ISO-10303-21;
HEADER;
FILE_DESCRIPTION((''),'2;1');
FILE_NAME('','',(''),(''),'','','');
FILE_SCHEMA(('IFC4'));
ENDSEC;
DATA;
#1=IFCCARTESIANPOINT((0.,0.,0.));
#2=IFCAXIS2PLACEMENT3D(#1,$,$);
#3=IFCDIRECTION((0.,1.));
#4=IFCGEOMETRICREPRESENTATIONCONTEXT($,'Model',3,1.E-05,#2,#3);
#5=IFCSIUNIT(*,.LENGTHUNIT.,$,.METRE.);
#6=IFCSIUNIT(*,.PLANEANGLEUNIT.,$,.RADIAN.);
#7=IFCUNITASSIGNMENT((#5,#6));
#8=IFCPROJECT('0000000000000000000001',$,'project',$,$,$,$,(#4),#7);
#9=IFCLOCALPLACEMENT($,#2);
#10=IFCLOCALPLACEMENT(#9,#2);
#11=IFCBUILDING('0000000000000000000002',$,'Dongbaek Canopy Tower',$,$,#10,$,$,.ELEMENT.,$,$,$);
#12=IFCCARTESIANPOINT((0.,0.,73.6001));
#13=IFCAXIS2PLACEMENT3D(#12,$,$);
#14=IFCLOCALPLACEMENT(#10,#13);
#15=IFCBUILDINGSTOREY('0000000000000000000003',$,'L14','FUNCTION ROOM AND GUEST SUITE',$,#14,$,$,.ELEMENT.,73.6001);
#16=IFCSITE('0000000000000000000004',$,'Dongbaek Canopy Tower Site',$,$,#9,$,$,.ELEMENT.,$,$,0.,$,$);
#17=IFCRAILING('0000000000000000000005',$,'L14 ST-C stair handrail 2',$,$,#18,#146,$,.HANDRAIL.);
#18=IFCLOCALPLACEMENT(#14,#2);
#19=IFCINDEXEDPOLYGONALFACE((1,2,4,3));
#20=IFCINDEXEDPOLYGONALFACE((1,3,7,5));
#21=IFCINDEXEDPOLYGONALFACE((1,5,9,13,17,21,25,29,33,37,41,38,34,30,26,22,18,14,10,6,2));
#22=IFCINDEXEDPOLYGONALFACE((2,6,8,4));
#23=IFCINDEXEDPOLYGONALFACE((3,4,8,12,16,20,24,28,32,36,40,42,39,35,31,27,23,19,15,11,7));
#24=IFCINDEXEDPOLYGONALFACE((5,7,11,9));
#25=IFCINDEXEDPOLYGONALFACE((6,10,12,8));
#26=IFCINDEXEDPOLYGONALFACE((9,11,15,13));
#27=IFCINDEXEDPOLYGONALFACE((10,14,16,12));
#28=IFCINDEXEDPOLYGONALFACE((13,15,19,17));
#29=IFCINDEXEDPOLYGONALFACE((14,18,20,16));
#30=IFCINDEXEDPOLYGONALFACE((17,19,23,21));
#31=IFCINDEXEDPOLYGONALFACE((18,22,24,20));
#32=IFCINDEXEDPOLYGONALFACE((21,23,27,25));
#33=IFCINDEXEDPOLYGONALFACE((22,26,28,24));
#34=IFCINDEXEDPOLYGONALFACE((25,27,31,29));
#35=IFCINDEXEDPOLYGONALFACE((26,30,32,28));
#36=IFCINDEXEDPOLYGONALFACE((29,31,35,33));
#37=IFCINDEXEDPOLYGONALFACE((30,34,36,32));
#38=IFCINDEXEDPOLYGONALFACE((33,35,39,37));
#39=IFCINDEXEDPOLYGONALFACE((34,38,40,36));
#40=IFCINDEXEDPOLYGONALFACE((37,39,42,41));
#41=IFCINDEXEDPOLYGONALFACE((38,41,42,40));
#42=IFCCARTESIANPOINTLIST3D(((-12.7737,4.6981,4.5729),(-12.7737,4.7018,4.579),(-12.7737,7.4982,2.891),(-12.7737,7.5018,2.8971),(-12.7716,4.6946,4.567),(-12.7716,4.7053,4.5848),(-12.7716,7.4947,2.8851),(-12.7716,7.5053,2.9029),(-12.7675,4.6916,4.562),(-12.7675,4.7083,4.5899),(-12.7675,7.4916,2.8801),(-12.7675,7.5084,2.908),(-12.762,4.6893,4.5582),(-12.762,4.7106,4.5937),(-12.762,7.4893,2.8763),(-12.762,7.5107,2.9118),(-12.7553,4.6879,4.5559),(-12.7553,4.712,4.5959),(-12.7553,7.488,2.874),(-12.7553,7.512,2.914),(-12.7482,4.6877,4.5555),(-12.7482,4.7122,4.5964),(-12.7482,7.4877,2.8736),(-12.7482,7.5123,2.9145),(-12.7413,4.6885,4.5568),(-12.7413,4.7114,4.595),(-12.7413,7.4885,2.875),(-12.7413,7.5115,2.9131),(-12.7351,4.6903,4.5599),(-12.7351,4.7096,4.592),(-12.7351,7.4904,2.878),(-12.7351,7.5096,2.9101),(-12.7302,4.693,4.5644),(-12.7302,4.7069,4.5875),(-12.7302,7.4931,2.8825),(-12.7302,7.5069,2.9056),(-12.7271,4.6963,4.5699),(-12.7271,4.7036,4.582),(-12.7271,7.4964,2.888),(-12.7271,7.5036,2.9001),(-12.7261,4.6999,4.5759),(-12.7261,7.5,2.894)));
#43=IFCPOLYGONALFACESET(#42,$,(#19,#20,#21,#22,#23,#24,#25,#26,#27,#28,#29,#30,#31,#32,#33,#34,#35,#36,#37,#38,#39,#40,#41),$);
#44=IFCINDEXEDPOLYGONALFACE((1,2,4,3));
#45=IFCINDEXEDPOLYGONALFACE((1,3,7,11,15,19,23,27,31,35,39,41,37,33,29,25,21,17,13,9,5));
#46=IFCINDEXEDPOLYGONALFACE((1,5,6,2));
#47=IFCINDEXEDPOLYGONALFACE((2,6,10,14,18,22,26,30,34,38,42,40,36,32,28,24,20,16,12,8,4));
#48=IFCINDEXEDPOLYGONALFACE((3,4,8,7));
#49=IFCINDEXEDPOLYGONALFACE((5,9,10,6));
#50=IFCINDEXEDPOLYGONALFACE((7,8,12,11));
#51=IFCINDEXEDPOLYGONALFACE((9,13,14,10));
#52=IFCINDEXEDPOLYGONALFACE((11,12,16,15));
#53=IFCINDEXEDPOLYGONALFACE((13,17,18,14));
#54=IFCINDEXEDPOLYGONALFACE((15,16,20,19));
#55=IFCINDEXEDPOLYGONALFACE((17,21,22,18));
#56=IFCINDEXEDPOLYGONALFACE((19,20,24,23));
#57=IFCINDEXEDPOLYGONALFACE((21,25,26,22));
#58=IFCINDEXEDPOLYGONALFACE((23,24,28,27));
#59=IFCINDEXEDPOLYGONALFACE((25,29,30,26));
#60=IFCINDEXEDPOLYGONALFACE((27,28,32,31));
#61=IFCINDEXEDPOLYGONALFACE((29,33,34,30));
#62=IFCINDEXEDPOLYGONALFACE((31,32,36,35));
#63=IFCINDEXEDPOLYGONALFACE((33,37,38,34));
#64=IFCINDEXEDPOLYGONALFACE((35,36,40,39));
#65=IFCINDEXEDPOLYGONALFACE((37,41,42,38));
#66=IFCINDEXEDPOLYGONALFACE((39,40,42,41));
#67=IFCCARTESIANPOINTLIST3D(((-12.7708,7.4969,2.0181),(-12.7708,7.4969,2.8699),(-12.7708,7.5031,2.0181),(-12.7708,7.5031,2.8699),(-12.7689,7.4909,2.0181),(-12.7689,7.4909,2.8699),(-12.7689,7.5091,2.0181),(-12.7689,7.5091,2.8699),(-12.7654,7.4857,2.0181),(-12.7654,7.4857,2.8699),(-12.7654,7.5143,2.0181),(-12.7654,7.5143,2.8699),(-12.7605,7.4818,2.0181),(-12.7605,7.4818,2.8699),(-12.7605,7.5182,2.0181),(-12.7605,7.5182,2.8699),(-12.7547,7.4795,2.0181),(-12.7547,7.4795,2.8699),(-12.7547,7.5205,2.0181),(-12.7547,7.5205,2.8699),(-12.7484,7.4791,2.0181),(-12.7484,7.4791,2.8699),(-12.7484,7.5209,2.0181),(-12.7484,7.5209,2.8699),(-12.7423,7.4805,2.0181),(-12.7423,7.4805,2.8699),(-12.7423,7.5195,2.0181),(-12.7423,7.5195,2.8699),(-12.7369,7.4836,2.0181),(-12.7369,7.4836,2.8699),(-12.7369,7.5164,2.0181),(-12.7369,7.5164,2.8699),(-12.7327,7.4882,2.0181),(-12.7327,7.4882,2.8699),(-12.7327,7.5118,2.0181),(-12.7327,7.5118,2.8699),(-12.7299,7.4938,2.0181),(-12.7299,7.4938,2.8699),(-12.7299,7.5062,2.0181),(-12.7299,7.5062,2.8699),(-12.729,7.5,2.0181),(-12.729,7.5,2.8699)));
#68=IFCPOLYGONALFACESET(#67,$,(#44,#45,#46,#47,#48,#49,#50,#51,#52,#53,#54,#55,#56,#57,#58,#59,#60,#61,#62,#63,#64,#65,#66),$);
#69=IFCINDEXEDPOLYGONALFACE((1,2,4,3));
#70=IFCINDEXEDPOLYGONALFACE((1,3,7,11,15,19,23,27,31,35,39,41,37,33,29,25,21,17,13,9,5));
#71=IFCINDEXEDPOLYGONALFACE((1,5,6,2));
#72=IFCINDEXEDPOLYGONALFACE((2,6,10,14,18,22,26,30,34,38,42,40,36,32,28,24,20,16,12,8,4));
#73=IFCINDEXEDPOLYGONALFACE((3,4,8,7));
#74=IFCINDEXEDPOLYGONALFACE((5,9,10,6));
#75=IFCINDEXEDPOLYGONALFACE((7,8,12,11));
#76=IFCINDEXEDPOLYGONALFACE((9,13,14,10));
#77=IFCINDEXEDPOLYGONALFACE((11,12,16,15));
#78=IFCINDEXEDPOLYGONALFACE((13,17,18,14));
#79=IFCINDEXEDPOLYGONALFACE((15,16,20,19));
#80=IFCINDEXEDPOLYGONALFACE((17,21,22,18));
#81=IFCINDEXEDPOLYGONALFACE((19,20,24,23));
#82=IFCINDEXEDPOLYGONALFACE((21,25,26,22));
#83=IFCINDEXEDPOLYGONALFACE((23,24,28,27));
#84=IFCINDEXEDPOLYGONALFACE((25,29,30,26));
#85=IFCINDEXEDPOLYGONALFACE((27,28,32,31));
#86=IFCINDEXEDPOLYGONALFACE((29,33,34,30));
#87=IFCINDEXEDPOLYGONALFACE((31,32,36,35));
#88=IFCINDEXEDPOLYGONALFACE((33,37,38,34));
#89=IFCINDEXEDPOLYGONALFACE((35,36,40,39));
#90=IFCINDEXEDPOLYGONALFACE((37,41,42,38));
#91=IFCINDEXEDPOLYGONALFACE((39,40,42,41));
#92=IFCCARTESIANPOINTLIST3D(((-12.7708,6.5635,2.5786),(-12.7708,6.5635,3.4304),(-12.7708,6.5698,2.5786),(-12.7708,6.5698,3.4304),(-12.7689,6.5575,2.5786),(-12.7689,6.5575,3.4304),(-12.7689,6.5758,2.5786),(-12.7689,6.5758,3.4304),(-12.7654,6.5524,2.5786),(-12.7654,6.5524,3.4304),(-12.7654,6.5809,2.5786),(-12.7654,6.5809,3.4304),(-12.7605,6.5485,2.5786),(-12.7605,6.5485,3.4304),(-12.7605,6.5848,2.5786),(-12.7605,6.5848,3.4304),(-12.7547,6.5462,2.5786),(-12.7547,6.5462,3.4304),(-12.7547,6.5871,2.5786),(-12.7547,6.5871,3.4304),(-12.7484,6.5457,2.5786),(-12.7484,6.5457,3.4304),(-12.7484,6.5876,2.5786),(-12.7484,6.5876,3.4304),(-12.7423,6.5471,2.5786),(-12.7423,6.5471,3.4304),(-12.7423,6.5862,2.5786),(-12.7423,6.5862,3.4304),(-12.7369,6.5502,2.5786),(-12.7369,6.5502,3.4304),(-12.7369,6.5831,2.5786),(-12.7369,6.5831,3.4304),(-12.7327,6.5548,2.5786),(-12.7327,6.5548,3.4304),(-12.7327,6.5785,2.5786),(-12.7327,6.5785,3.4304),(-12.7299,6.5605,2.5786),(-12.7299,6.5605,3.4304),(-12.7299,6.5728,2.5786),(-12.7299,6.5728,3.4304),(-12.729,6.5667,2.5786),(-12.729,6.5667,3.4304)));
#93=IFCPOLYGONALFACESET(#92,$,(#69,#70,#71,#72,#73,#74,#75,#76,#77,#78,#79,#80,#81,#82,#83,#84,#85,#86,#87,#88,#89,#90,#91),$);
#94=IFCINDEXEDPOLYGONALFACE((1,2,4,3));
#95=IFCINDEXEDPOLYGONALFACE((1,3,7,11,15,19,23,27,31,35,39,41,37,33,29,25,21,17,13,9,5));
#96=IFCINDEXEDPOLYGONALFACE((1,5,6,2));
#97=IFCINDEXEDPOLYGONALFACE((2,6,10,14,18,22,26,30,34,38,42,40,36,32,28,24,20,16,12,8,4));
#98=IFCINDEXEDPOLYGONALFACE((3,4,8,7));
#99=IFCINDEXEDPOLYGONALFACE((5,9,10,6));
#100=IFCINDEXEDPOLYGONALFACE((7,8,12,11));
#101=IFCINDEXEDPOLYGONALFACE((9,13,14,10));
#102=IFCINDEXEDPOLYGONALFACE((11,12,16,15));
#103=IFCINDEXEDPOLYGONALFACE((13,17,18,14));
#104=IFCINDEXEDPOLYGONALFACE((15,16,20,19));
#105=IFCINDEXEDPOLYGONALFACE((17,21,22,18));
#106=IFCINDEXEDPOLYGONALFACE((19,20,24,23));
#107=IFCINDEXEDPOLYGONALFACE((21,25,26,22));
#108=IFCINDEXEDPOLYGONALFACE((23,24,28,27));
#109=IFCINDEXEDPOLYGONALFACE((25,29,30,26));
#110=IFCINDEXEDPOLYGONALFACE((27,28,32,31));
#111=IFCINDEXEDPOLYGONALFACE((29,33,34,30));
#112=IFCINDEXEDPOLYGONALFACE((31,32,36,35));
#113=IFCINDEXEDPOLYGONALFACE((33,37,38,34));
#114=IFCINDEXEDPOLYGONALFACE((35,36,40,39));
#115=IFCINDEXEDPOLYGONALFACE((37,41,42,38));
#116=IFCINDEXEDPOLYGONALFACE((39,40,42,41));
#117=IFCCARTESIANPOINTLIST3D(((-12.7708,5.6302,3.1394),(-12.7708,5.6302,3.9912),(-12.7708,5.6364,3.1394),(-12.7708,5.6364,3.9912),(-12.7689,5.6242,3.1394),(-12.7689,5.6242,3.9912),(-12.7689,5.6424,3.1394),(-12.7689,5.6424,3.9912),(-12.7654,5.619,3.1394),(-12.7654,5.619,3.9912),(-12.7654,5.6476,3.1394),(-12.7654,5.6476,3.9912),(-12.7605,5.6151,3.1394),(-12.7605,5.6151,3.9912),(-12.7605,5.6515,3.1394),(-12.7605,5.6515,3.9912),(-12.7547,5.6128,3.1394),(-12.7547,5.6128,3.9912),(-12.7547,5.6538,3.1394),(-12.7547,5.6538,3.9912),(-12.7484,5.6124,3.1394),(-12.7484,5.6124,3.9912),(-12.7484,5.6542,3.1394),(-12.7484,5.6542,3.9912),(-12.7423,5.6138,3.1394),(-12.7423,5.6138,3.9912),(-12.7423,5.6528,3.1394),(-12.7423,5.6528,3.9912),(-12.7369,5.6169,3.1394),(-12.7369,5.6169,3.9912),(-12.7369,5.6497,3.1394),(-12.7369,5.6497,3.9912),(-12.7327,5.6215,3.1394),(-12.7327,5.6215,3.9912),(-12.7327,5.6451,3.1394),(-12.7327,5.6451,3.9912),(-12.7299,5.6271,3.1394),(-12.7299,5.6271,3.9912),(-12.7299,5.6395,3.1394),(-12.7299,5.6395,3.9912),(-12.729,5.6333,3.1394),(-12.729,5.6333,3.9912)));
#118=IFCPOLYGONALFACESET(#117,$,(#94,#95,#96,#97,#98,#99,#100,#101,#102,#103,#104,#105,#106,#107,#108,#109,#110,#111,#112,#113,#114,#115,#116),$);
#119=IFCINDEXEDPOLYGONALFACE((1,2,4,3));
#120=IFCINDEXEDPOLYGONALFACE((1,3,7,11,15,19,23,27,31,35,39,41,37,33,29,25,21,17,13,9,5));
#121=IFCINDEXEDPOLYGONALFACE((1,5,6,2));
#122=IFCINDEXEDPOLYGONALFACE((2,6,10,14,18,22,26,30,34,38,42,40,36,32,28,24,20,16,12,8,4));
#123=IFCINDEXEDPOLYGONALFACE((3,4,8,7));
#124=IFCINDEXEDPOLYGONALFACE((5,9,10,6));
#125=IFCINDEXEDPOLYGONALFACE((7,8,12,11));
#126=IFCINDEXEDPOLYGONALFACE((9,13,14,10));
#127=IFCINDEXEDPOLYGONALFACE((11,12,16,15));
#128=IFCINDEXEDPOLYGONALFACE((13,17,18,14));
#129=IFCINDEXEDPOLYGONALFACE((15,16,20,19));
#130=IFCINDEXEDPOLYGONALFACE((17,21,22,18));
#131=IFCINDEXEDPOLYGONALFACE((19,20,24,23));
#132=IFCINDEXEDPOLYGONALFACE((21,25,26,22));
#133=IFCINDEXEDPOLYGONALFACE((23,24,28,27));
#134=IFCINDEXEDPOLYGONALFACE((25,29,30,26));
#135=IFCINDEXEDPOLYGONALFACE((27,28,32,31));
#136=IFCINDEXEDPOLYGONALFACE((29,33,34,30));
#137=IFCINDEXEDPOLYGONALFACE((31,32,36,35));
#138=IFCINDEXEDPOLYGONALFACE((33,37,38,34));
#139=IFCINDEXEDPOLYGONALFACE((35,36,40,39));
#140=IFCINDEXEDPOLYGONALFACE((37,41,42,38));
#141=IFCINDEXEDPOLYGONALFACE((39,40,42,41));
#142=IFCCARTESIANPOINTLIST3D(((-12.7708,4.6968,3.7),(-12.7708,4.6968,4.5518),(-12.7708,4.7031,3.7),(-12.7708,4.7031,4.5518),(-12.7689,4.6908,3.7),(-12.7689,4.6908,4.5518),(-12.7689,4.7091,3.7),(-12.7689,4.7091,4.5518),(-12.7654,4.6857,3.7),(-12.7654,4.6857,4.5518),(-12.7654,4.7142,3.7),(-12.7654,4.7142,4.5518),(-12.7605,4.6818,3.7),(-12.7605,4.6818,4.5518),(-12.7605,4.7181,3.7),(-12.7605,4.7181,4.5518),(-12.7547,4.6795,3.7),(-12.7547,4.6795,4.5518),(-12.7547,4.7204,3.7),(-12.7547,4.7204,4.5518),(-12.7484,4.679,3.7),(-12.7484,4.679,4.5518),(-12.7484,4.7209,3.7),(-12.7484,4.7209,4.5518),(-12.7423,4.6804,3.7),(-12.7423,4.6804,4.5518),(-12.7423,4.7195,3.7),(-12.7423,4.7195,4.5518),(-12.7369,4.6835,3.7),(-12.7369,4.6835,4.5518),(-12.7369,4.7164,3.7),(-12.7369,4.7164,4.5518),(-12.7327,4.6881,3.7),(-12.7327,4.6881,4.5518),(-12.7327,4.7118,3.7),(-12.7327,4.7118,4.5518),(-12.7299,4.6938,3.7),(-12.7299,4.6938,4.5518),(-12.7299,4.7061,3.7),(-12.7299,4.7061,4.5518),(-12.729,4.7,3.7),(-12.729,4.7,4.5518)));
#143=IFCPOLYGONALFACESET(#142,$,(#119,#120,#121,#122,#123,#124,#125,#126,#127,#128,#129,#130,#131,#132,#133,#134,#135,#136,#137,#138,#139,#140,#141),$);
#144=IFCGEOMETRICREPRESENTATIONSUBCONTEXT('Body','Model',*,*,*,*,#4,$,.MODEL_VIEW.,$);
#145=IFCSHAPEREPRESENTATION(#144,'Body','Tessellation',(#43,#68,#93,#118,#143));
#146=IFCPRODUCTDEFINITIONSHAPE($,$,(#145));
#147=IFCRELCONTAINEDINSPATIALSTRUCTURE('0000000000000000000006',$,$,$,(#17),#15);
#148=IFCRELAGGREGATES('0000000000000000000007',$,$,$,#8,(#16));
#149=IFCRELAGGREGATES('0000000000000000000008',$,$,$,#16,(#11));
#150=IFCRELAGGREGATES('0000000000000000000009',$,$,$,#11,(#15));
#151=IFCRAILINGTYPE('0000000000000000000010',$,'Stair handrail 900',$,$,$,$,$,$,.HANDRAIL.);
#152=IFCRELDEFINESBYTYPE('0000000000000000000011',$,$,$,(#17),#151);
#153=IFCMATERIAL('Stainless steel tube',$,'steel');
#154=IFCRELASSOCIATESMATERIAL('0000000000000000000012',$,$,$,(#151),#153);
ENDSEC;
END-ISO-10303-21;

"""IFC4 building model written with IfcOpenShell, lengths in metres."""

from ifc_helpers import new_model, si_unit, direction, frame, origin, origin_2d, place, context, subcontext, project, spatial, circle, extrude, material, type_object, element, save


model = new_model("IFC4")

# Units and contexts
model_context = context("Model", 3, precision=1e-05, world=origin(), true_north=direction((0.0, 1.0)))
body_context = subcontext(model_context, "Body", "Model", "MODEL_VIEW")
ifc_project = project(units=[si_unit("LENGTHUNIT", "METRE"), si_unit("PLANEANGLEUNIT", "RADIAN")], contexts=[model_context])

# Site, building, storey
site_placement = place(None, origin())
site = spatial("IfcSite", under=ifc_project, at=site_placement, Name="Dongbaek Canopy Tower Site", CompositionType="ELEMENT", RefElevation=0.0)
building_placement = place(site_placement, origin())
building = spatial("IfcBuilding", under=site, at=building_placement, Name="Dongbaek Canopy Tower", CompositionType="ELEMENT")
storey_placement = place(building_placement, frame((0.0, 0.0, 73.6001)))
storey = spatial("IfcBuildingStorey", under=building, at=storey_placement, Name="L14", Description="FUNCTION ROOM AND GUEST SUITE", CompositionType="ELEMENT", Elevation=73.6001)

# Railing
ifc_material_1 = material(Name="Stainless steel tube", Category="steel")
railing_type = type_object("IfcRailingType", Name="Stair handrail 900", PredefinedType="HANDRAIL", material=ifc_material_1)
railing_placement = place(storey_placement, frame((-12.75, 7.5, 2.0181)))
element("IfcRailing", 1, at=railing_placement, inside=storey, type_object=railing_type, Name="L14 ST-C stair handrail 2", PredefinedType="HANDRAIL", context=body_context, shape_type="SweptSolid", body=[
    extrude(circle(Radius=0.0239, at=origin_2d()), frame((0.0, 0.0, 0.876), z_axis=(0.0, -0.857242, 0.514913), x_axis=(1.0, 0.0, 0.0)), (0.0, 0.0, 1.0), 3.2664),
    extrude(circle(Radius=0.021, at=origin_2d()), origin(), (0.0, 0.0, 1.0), 0.8518),
    extrude(circle(Radius=0.021, at=origin_2d()), frame((0.0, -0.9333, 0.5605)), (0.0, 0.0, 1.0), 0.8518),
    extrude(circle(Radius=0.021, at=origin_2d()), frame((0.0, -1.8667, 1.1213)), (0.0, 0.0, 1.0), 0.8518),
    extrude(circle(Radius=0.021, at=origin_2d()), frame((0.0, -2.8, 1.6819)), (0.0, 0.0, 1.0), 0.8518),
])

save(model, "model.ifc")
